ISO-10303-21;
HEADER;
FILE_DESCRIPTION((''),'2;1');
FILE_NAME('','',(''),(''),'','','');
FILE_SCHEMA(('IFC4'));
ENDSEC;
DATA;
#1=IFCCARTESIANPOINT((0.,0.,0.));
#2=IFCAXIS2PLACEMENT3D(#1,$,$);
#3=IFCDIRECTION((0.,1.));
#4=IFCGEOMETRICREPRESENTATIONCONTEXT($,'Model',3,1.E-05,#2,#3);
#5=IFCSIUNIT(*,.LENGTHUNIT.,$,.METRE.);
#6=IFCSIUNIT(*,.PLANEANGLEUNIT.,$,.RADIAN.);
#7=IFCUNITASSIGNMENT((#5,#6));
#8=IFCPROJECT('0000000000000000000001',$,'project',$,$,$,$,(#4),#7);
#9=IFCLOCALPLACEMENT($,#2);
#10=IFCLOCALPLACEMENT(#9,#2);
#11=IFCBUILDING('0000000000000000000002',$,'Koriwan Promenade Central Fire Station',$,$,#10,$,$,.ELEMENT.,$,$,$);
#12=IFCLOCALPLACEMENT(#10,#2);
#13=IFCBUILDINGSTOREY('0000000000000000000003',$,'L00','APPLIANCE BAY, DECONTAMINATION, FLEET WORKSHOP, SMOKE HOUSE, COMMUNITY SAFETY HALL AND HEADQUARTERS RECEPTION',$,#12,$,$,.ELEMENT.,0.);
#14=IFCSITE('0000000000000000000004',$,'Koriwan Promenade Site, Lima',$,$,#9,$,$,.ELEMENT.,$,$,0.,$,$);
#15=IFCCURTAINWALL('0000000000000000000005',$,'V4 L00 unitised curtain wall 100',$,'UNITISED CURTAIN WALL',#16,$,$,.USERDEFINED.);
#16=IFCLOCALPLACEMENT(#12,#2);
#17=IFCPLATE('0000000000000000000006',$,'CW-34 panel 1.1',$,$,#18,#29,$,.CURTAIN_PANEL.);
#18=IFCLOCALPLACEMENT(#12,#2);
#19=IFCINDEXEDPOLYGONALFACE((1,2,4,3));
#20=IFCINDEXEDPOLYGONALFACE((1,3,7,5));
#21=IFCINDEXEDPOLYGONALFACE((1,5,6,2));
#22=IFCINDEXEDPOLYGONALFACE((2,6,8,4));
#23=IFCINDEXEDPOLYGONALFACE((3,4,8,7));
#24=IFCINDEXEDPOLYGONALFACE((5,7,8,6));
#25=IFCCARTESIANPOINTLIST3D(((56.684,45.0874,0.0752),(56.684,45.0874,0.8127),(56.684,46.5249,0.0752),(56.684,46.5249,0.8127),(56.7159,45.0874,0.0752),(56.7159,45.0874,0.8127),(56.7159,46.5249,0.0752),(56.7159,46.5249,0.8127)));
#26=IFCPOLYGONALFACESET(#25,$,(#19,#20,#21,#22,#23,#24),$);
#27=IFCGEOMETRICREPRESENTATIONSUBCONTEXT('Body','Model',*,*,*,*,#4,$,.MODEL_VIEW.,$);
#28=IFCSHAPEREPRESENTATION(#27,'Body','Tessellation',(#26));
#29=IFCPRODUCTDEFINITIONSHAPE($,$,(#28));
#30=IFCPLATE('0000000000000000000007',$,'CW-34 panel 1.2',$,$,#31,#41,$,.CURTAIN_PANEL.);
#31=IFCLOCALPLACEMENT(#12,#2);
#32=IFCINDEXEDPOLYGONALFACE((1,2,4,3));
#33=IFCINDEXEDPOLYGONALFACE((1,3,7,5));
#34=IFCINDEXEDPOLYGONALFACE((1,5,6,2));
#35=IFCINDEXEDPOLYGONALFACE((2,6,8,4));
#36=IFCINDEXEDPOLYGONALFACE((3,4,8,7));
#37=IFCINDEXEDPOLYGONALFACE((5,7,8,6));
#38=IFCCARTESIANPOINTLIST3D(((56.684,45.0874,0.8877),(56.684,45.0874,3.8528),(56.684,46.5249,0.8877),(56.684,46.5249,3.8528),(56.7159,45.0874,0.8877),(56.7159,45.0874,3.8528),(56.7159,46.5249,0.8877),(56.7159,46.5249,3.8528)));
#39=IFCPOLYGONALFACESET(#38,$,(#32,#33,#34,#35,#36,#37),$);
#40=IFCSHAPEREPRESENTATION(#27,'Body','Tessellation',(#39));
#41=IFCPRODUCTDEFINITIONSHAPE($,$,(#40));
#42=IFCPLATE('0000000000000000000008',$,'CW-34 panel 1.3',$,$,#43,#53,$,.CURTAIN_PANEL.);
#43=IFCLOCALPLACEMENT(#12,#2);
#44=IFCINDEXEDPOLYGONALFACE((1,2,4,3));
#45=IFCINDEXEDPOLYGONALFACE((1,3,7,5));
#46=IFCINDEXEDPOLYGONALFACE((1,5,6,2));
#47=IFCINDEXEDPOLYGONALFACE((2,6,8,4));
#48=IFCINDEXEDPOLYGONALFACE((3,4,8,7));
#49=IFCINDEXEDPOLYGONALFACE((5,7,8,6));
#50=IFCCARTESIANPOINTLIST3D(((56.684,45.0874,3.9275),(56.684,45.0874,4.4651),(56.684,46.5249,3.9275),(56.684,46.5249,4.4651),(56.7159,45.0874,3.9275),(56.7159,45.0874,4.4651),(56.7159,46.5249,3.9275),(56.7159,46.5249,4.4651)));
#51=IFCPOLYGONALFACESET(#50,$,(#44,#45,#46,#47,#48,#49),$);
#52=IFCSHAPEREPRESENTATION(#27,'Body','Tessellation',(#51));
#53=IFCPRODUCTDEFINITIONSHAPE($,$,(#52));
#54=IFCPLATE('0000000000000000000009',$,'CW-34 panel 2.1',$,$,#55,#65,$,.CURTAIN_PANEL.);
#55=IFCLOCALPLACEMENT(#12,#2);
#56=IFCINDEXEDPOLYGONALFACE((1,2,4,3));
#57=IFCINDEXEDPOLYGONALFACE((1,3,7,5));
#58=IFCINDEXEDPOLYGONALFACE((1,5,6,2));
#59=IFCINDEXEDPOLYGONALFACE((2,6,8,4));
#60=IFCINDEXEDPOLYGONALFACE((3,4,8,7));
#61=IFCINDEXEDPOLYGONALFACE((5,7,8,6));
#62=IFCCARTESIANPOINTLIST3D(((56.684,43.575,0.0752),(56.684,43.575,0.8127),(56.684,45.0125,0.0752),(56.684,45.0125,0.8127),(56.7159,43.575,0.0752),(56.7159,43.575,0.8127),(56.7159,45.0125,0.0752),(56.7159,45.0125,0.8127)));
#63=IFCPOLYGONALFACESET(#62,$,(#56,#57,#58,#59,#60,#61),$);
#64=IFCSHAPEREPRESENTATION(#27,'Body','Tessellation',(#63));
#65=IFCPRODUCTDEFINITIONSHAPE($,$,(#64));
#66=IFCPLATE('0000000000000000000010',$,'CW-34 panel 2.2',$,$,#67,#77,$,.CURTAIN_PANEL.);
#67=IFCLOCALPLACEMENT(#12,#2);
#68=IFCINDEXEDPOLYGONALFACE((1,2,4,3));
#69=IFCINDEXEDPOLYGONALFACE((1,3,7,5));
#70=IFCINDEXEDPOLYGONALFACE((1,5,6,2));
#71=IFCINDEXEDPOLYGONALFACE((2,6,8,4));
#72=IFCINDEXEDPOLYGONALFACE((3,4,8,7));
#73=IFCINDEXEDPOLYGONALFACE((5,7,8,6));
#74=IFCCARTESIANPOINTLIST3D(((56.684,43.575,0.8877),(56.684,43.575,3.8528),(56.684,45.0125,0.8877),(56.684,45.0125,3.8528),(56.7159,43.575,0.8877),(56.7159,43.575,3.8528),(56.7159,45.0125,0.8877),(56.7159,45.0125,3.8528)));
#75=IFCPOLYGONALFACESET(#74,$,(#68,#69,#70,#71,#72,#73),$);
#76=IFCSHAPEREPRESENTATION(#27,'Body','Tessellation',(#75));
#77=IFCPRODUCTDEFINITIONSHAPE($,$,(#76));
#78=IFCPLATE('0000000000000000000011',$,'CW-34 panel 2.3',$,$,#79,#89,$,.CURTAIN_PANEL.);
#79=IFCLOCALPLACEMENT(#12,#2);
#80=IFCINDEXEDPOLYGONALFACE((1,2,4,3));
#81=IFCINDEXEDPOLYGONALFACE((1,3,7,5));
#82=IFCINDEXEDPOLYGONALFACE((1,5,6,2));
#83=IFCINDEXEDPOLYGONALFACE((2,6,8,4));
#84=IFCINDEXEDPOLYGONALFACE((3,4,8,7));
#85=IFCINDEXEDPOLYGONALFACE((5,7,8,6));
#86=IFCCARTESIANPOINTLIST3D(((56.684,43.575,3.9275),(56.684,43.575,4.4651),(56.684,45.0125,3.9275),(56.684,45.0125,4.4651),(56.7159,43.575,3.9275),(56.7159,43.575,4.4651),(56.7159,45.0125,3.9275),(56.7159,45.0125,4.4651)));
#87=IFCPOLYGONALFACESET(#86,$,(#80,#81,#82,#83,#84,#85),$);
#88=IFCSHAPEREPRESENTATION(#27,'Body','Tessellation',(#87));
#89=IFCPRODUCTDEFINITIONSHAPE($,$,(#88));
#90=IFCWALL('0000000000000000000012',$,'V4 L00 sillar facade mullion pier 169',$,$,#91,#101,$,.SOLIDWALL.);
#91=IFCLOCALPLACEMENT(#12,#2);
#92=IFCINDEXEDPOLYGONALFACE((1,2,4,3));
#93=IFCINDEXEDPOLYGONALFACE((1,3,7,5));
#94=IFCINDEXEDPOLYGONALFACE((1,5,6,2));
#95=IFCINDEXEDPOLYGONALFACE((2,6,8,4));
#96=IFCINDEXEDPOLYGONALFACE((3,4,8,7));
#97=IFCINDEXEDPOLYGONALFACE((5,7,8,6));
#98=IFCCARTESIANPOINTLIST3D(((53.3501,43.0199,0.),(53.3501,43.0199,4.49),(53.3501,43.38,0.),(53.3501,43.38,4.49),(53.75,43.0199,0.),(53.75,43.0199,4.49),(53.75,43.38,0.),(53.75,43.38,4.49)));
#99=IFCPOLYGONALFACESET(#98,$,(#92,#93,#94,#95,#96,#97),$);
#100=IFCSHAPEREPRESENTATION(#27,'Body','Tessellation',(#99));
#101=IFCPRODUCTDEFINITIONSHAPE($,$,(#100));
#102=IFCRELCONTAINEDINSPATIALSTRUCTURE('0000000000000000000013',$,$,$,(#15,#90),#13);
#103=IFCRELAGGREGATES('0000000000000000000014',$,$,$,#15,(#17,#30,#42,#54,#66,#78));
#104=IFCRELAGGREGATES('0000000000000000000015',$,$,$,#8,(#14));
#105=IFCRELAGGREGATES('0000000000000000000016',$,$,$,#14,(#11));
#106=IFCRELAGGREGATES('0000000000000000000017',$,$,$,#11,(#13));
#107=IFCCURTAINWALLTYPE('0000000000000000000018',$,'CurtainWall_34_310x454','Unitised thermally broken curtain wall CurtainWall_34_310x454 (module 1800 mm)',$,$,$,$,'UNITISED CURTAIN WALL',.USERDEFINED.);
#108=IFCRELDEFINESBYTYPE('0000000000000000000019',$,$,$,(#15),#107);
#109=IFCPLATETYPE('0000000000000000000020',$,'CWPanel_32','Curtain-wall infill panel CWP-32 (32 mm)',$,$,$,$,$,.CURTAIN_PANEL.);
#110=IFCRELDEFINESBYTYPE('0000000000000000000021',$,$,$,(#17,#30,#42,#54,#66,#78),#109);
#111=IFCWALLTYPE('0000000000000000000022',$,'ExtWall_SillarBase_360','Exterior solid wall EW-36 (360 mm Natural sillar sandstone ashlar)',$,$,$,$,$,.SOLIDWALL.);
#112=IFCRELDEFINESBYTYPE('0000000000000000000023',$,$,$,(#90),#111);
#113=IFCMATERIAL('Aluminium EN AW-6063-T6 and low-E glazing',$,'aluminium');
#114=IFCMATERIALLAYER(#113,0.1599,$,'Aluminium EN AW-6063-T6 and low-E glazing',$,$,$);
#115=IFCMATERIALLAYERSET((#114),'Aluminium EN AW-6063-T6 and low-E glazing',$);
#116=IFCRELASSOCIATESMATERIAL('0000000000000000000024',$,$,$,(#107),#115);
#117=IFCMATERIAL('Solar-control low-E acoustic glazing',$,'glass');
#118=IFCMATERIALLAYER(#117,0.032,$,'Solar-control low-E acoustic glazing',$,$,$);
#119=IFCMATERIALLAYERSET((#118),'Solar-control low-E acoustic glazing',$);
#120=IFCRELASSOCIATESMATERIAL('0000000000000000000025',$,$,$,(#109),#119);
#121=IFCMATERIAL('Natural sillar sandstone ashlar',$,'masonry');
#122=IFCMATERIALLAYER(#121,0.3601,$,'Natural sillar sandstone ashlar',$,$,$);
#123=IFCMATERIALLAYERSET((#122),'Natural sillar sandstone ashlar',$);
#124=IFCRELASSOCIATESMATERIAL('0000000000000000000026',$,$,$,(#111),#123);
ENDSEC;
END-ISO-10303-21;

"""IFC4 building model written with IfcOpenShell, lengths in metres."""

from ifc_helpers import new_model, si_unit, direction, frame, frame_2d, origin, origin_2d, place, context, subcontext, project, spatial, rectangle, extrude, material, layer, layer_set, type_object, element, aggregate, save


model = new_model("IFC4")

# Units and contexts
model_context = context("Model", 3, precision=1e-05, world=origin(), true_north=direction((0.0, 1.0)))
body_context = subcontext(model_context, "Body", "Model", "MODEL_VIEW")
ifc_project = project(units=[si_unit("LENGTHUNIT", "METRE"), si_unit("PLANEANGLEUNIT", "RADIAN")], contexts=[model_context])

# Site, building, storey
site_placement = place(None, origin())
site = spatial("IfcSite", under=ifc_project, at=site_placement, Name="Koriwan Promenade Site, Lima", CompositionType="ELEMENT", RefElevation=0.0)
building_placement = place(site_placement, origin())
building = spatial("IfcBuilding", under=site, at=building_placement, Name="Koriwan Promenade Central Fire Station", CompositionType="ELEMENT")
storey_placement = place(building_placement, origin())
storey = spatial("IfcBuildingStorey", under=building, at=storey_placement, Name="L00", Description="APPLIANCE BAY, DECONTAMINATION, FLEET WORKSHOP, SMOKE HOUSE, COMMUNITY SAFETY HALL AND HEADQUARTERS RECEPTION", CompositionType="ELEMENT", Elevation=0.0)

# Curtain wall
ifc_material_1 = material(Name="Aluminium EN AW-6063-T6 and low-E glazing", Category="aluminium")
ifc_layer_1 = layer(ifc_material_1, 0.1599, Name="Aluminium EN AW-6063-T6 and low-E glazing")
ifc_layer_set_1 = layer_set([ifc_layer_1], Name="Aluminium EN AW-6063-T6 and low-E glazing")
curtain_wall_type_1 = type_object("IfcCurtainWallType", Name="CurtainWall_34_310x454", Description="Unitised thermally broken curtain wall CurtainWall_34_310x454 (module 1800 mm)", ElementType="UNITISED CURTAIN WALL", PredefinedType="USERDEFINED", material=ifc_layer_set_1)
curtain_wall_1_placement = place(storey_placement, origin())
curtain_wall_1 = element("IfcCurtainWall", 1, at=curtain_wall_1_placement, inside=storey, type_object=curtain_wall_type_1, Name="V4 L00 unitised curtain wall 100", ObjectType="UNITISED CURTAIN WALL", PredefinedType="USERDEFINED")

# Plates
ifc_material_2 = material(Name="Solar-control low-E acoustic glazing", Category="glass")
ifc_layer_2 = layer(ifc_material_2, 0.032, Name="Solar-control low-E acoustic glazing")
ifc_layer_set_2 = layer_set([ifc_layer_2], Name="Solar-control low-E acoustic glazing")
plate_type_1 = type_object("IfcPlateType", Name="CWPanel_32", Description="Curtain-wall infill panel CWP-32 (32 mm)", PredefinedType="CURTAIN_PANEL", material=ifc_layer_set_2)
plate_1_placement = place(storey_placement, frame((56.7, 45.8062, 0.0752), z_axis=(0.0, 0.0, 1.0), x_axis=(0.0, -1.0, 0.0)))
plate_1 = element("IfcPlate", 2, at=plate_1_placement, type_object=plate_type_1, Name="CW-34 panel 1.1", PredefinedType="CURTAIN_PANEL", context=body_context, shape_type="SweptSolid", body=[
    extrude(rectangle(XDim=1.4375, YDim=0.032, at=origin_2d()), origin(), (0.0, 0.0, 1.0), 0.7375),
])
plate_2_placement = place(storey_placement, frame((56.7, 45.8062, 0.8877), z_axis=(0.0, 0.0, 1.0), x_axis=(0.0, -1.0, 0.0)))
plate_2 = element("IfcPlate", 3, at=plate_2_placement, type_object=plate_type_1, Name="CW-34 panel 1.2", PredefinedType="CURTAIN_PANEL", context=body_context, shape_type="SweptSolid", body=[
    extrude(rectangle(XDim=1.4375, YDim=0.032, at=origin_2d()), origin(), (0.0, 0.0, 1.0), 2.9651),
])
plate_3_placement = place(storey_placement, frame((56.7, 45.8062, 3.9275), z_axis=(0.0, 0.0, 1.0), x_axis=(0.0, -1.0, 0.0)))
plate_3 = element("IfcPlate", 4, at=plate_3_placement, type_object=plate_type_1, Name="CW-34 panel 1.3", PredefinedType="CURTAIN_PANEL", context=body_context, shape_type="SweptSolid", body=[
    extrude(rectangle(XDim=1.4375, YDim=0.032, at=origin_2d()), origin(), (0.0, 0.0, 1.0), 0.5376),
])
plate_4_placement = place(storey_placement, frame((56.7, 44.2937, 0.0752), z_axis=(0.0, 0.0, 1.0), x_axis=(0.0, -1.0, 0.0)))
plate_4 = element("IfcPlate", 5, at=plate_4_placement, type_object=plate_type_1, Name="CW-34 panel 2.1", PredefinedType="CURTAIN_PANEL", context=body_context, shape_type="SweptSolid", body=[
    extrude(rectangle(XDim=1.4375, YDim=0.032, at=origin_2d()), origin(), (0.0, 0.0, 1.0), 0.7375),
])
plate_5_placement = place(storey_placement, frame((56.7, 44.2937, 0.8877), z_axis=(0.0, 0.0, 1.0), x_axis=(0.0, -1.0, 0.0)))
plate_5 = element("IfcPlate", 6, at=plate_5_placement, type_object=plate_type_1, Name="CW-34 panel 2.2", PredefinedType="CURTAIN_PANEL", context=body_context, shape_type="SweptSolid", body=[
    extrude(rectangle(XDim=1.4375, YDim=0.032, at=origin_2d()), origin(), (0.0, 0.0, 1.0), 2.9651),
])
plate_6_placement = place(storey_placement, frame((56.7, 44.2937, 3.9275), z_axis=(0.0, 0.0, 1.0), x_axis=(0.0, -1.0, 0.0)))
plate_6 = element("IfcPlate", 7, at=plate_6_placement, type_object=plate_type_1, Name="CW-34 panel 2.3", PredefinedType="CURTAIN_PANEL", context=body_context, shape_type="SweptSolid", body=[
    extrude(rectangle(XDim=1.4375, YDim=0.032, at=origin_2d()), origin(), (0.0, 0.0, 1.0), 0.5376),
])
aggregate(curtain_wall_1, [plate_1, plate_2, plate_3, plate_4, plate_5, plate_6])

# Wall
ifc_material_3 = material(Name="Natural sillar sandstone ashlar", Category="masonry")
ifc_layer_3 = layer(ifc_material_3, 0.3601, Name="Natural sillar sandstone ashlar")
ifc_layer_set_3 = layer_set([ifc_layer_3], Name="Natural sillar sandstone ashlar")
wall_type = type_object("IfcWallType", Name="ExtWall_SillarBase_360", Description="Exterior solid wall EW-36 (360 mm Natural sillar sandstone ashlar)", PredefinedType="SOLIDWALL", material=ifc_layer_set_3)
wall_placement = place(storey_placement, frame((53.75, 43.2, 0.0), z_axis=(0.0, 0.0, 1.0), x_axis=(-1.0, 0.0, 0.0)))
element("IfcWall", 8, at=wall_placement, inside=storey, type_object=wall_type, Name="V4 L00 sillar facade mullion pier 169", PredefinedType="SOLIDWALL", context=body_context, shape_type="SweptSolid", body=[
    extrude(rectangle(XDim=0.3999, YDim=0.3601, at=frame_2d((0.2, 0.0))), origin(), (0.0, 0.0, 1.0), 4.49),
])

save(model, "model.ifc")
